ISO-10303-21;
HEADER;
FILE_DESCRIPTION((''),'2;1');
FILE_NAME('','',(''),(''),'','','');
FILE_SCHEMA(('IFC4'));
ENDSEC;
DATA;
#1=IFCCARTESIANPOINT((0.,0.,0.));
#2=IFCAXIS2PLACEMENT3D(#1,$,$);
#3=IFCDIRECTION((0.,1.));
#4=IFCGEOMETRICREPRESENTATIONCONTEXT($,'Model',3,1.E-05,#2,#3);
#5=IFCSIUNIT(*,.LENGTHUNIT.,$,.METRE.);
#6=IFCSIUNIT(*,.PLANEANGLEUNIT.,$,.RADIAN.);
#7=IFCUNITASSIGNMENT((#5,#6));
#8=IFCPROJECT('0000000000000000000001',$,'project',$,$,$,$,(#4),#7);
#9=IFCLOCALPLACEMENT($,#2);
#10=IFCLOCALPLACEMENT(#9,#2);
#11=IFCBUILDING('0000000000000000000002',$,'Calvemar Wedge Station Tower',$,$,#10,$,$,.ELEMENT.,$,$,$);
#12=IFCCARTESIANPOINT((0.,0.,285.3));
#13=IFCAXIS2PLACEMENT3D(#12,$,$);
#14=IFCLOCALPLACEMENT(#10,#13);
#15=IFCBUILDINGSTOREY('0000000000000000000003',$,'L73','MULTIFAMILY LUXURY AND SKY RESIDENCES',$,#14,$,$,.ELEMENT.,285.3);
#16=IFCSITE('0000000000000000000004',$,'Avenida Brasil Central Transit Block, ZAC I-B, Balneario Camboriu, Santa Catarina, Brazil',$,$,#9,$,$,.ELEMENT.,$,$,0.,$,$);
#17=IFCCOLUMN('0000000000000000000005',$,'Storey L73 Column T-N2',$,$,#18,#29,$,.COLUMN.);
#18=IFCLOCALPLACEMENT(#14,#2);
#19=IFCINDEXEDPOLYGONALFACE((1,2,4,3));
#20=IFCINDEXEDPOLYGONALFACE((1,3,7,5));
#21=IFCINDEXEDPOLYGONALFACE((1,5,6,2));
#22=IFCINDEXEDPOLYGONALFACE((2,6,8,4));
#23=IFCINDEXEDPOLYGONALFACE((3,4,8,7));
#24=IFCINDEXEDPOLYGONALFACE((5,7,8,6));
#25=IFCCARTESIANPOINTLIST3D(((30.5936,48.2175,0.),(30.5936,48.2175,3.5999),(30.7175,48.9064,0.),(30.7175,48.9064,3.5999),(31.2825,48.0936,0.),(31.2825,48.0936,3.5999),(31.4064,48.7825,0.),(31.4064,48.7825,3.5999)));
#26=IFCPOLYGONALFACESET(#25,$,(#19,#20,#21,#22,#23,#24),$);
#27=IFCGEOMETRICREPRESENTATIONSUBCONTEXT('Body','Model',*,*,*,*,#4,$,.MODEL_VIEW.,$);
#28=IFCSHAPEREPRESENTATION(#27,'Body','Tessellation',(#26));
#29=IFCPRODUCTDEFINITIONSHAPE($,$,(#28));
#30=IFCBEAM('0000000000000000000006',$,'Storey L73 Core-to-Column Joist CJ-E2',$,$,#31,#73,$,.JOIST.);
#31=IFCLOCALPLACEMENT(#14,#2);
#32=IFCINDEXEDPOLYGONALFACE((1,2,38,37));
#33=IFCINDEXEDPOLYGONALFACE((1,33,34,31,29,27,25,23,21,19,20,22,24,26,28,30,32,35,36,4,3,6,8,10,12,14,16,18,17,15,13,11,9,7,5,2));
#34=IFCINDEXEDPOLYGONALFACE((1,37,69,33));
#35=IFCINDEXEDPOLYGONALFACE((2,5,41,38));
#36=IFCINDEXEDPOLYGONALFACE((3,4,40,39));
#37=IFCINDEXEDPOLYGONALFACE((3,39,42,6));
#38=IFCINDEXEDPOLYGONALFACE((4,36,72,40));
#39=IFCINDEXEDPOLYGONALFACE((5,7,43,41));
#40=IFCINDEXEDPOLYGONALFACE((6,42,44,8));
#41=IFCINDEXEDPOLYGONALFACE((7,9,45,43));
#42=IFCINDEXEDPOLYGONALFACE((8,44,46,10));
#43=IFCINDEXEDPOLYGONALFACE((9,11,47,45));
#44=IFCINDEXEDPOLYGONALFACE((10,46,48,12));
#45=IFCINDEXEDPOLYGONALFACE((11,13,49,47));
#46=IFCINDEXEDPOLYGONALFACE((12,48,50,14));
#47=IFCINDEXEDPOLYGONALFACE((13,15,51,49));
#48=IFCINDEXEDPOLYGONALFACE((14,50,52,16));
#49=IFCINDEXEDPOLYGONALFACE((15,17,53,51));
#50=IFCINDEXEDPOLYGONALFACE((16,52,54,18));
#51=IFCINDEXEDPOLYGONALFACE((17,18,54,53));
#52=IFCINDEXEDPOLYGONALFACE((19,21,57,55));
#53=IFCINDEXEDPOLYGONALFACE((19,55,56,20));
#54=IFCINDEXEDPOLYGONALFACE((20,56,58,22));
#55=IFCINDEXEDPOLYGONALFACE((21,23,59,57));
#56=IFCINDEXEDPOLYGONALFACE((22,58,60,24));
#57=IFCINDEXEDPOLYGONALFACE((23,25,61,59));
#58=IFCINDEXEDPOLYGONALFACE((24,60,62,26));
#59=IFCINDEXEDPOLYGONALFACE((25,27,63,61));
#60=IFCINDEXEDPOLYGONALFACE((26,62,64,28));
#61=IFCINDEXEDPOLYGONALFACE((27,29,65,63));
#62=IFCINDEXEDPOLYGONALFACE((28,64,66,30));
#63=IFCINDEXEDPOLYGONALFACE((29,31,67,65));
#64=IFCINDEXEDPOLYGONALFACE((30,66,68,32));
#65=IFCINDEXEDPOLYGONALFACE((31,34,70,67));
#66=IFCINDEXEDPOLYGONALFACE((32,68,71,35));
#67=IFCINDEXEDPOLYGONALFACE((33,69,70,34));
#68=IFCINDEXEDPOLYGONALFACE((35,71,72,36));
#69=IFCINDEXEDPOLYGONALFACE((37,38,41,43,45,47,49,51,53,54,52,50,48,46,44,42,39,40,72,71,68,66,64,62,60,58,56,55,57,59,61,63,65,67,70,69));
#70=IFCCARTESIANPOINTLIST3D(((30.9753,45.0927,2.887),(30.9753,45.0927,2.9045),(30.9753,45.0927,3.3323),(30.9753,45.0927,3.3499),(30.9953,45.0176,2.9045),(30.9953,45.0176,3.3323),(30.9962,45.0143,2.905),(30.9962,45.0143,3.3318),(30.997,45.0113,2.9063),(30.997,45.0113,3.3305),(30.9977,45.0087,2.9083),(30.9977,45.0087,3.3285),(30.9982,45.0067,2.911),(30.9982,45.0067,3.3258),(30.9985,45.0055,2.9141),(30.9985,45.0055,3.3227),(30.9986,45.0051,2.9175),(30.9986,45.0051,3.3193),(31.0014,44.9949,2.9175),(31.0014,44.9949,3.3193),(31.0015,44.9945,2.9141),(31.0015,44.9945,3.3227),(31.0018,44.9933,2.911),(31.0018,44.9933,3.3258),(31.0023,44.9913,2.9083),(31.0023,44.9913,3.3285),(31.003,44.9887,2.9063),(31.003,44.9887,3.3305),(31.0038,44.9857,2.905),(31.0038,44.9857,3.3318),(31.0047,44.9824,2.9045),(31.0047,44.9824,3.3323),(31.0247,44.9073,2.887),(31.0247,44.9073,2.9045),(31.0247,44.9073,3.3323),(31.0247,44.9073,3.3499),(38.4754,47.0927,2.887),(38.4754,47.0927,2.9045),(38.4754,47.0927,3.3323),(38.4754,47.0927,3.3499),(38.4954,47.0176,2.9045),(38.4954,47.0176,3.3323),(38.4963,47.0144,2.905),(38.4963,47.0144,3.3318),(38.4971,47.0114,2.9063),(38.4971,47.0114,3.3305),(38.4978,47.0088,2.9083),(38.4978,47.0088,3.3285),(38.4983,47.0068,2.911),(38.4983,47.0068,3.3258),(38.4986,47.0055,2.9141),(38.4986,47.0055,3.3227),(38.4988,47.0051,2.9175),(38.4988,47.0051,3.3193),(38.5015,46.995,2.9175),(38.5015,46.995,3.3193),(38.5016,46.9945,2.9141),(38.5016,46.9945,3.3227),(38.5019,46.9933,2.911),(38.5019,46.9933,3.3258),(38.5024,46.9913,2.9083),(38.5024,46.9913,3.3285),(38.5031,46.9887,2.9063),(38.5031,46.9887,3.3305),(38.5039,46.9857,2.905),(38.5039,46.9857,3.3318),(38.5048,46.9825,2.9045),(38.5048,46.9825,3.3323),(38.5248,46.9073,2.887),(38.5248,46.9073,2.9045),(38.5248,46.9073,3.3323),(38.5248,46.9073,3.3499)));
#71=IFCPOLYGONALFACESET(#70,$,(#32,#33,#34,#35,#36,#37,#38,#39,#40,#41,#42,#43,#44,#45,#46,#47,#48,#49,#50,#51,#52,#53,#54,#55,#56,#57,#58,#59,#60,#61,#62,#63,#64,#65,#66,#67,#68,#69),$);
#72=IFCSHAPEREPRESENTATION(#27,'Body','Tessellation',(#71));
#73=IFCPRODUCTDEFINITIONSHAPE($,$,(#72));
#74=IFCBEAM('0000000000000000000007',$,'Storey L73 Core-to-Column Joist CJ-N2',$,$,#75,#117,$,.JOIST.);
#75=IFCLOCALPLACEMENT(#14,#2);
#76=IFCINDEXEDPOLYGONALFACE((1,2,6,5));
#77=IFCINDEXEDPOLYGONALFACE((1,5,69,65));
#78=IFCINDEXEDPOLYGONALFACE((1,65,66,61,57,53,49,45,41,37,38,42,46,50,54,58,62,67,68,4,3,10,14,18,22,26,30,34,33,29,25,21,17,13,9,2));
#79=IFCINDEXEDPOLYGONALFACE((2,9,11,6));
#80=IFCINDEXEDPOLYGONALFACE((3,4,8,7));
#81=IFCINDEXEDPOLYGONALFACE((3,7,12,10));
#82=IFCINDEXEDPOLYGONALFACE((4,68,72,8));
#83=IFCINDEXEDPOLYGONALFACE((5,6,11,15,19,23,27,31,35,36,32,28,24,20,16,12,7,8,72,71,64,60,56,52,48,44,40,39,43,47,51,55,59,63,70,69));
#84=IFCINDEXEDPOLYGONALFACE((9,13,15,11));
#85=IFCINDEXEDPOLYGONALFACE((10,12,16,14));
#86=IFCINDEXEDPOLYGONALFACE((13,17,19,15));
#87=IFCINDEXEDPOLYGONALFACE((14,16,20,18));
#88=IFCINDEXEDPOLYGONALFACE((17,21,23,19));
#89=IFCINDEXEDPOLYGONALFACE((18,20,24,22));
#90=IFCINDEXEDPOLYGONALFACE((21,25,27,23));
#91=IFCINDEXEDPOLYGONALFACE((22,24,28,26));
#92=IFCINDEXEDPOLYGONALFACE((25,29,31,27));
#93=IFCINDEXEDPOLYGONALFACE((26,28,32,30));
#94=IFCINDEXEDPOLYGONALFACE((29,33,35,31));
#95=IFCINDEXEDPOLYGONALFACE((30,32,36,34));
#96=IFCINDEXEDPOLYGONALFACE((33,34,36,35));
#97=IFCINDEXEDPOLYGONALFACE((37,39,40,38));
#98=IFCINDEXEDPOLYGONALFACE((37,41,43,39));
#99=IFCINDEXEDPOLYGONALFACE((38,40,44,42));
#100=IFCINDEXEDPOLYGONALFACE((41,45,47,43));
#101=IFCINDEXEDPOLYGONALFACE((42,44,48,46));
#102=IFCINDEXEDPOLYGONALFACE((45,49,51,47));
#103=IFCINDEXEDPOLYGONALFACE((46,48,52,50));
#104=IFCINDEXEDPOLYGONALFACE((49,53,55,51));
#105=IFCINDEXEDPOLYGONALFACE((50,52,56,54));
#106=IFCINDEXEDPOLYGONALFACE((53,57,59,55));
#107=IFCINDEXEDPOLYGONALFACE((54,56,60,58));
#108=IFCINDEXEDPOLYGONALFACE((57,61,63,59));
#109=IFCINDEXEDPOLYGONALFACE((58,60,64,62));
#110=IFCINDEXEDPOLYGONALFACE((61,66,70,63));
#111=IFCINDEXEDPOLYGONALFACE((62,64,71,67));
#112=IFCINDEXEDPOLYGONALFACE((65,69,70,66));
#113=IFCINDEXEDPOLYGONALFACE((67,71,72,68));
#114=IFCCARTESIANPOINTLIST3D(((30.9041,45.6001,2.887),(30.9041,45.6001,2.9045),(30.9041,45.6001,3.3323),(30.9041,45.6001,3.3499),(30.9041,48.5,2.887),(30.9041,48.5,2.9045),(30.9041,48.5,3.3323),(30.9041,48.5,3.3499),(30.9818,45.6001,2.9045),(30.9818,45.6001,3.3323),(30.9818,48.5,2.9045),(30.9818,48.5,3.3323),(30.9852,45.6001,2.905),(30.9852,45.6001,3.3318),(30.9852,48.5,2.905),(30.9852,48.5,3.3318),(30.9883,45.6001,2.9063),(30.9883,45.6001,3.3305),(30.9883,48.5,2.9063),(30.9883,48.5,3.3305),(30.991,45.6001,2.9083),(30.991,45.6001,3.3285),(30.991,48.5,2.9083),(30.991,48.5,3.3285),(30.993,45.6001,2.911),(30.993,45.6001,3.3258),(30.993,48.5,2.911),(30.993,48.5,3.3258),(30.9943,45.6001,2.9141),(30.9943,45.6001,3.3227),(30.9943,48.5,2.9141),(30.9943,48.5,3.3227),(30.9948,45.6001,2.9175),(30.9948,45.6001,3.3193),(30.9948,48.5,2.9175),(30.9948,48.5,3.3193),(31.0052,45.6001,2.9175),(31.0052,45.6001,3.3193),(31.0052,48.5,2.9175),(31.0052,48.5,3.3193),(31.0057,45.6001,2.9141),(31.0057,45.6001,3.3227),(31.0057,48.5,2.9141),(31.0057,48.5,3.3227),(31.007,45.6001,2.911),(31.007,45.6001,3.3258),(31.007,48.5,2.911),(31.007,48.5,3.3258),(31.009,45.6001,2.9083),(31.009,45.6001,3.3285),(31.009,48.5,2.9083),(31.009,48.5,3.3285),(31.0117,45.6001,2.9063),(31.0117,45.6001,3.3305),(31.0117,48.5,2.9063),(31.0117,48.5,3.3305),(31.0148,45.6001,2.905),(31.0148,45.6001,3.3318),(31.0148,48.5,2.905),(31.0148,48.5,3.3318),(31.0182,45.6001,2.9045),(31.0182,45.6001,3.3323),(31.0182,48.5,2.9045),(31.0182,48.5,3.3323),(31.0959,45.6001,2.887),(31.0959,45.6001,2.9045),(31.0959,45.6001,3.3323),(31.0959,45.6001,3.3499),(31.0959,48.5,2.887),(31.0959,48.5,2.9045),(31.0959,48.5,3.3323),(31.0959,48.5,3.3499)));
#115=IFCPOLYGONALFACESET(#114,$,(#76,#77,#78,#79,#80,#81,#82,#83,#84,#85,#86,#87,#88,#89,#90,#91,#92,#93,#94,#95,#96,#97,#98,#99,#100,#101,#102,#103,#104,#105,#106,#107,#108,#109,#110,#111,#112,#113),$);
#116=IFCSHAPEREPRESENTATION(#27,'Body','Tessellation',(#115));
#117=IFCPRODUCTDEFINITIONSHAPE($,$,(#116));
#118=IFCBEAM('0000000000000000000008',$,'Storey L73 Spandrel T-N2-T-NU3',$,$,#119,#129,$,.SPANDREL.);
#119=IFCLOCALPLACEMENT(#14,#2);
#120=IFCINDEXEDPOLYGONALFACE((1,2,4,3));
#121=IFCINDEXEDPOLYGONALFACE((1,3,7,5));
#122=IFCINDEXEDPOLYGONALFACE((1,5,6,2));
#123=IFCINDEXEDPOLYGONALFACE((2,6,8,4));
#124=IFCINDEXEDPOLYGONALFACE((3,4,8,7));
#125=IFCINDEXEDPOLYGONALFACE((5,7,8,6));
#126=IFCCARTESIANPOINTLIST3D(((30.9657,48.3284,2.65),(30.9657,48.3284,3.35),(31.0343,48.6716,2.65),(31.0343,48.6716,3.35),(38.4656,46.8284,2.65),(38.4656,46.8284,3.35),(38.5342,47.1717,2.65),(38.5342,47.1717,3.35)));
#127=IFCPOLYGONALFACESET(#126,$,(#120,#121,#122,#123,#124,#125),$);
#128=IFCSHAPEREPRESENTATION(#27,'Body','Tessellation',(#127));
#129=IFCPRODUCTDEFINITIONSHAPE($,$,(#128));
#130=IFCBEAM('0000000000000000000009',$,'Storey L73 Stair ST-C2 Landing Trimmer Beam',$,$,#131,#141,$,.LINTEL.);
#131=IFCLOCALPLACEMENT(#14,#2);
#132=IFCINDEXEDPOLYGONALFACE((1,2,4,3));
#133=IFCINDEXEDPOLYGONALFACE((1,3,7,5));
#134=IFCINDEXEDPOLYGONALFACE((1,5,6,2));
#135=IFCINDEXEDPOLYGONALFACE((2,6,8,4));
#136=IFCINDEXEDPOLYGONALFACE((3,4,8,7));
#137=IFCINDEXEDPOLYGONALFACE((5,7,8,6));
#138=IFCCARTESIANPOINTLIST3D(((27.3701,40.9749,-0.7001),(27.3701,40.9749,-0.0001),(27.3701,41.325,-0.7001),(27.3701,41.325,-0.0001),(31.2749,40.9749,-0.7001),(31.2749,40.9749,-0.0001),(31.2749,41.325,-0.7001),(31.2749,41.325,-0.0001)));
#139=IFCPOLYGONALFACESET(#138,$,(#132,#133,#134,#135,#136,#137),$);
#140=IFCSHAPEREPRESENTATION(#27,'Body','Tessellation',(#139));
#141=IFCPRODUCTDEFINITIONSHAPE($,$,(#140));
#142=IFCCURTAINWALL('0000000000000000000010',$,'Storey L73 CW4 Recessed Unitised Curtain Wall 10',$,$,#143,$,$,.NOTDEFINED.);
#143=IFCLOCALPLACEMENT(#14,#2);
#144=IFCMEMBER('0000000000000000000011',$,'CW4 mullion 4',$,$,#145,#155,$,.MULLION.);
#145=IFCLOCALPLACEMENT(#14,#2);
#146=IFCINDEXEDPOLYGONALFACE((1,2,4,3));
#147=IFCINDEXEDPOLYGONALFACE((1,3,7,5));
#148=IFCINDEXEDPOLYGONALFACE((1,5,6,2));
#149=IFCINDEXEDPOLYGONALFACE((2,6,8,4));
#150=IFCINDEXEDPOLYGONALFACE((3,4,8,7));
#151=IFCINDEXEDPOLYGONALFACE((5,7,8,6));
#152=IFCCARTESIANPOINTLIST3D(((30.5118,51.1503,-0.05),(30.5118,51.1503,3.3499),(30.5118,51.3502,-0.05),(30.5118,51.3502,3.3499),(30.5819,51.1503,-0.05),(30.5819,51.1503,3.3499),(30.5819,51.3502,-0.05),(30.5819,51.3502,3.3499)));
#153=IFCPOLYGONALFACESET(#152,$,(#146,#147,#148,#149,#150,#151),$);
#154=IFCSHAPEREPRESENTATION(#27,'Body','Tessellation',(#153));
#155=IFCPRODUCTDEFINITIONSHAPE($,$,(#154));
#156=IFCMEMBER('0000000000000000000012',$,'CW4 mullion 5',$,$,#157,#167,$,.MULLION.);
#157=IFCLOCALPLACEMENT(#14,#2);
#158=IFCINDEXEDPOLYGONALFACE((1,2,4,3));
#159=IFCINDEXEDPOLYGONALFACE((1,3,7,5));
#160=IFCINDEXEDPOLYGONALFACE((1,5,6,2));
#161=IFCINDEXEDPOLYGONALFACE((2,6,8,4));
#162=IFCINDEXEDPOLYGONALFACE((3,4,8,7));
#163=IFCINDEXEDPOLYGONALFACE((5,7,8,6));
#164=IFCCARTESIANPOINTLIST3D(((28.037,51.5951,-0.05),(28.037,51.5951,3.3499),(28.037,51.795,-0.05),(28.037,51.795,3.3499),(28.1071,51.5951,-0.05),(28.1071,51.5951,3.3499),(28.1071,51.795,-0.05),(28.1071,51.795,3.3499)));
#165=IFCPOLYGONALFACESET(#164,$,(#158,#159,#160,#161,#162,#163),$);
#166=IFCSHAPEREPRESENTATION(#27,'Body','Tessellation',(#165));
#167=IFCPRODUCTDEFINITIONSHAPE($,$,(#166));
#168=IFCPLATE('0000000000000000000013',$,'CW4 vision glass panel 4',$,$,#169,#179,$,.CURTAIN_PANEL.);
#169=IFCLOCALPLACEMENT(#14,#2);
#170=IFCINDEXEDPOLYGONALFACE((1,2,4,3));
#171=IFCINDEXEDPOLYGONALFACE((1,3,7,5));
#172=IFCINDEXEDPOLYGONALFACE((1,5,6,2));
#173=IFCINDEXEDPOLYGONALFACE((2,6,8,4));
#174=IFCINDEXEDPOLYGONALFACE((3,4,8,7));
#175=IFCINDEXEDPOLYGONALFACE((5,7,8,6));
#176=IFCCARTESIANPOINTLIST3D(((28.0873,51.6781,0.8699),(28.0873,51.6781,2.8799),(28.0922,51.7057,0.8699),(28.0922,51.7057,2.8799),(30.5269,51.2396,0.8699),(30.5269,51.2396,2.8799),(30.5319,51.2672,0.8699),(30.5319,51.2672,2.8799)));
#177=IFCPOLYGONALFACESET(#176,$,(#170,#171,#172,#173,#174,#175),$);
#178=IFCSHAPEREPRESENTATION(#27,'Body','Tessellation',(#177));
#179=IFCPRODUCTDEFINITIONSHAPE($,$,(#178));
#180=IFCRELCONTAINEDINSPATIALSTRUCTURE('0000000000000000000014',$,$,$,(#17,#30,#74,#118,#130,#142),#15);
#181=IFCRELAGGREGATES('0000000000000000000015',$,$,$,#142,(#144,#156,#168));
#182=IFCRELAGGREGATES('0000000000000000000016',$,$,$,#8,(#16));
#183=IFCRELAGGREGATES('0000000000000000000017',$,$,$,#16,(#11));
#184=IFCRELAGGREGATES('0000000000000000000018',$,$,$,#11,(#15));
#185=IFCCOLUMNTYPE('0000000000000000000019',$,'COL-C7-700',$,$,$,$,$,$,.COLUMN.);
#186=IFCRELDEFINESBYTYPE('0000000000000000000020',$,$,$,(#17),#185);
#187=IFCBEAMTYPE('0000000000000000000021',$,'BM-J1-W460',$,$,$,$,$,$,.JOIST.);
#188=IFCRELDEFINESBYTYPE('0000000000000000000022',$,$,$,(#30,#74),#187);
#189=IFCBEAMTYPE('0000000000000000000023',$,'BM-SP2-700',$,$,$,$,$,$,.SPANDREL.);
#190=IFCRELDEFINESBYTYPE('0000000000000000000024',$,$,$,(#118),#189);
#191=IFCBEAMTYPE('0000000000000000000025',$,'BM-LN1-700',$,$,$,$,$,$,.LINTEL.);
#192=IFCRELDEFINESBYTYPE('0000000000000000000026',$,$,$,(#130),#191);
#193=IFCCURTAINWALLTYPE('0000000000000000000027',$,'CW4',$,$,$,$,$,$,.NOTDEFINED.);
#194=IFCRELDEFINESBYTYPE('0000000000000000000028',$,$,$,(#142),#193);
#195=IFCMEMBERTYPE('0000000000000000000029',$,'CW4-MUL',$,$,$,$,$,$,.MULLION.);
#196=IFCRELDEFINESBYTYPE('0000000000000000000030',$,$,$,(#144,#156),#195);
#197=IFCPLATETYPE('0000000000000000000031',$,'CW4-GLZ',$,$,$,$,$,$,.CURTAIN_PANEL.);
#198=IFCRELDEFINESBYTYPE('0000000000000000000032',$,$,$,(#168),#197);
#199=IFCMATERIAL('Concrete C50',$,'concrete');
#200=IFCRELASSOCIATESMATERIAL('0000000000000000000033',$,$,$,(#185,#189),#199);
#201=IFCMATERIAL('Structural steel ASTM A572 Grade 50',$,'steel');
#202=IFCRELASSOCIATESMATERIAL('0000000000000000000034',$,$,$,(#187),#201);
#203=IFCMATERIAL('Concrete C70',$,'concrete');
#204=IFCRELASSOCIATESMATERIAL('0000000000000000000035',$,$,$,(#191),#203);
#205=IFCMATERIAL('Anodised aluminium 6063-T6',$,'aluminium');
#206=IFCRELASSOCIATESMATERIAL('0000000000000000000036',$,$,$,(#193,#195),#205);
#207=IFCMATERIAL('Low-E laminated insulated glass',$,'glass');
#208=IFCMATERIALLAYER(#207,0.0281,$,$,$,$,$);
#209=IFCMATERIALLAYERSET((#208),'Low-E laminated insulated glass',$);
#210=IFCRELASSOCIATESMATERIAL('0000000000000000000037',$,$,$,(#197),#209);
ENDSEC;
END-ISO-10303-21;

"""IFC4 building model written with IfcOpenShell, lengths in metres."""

from ifc_helpers import new_model, si_unit, direction, frame, frame_2d, origin, origin_2d, place, context, subcontext, project, spatial, rectangle, i_section, extrude, source, transform, mapped, material, layer, layer_set, material_profile, profile_set, type_object, element, aggregate, save


model = new_model("IFC4")

# Units and contexts
model_context = context("Model", 3, precision=1e-05, world=origin(), true_north=direction((0.0, 1.0)))
body_context = subcontext(model_context, "Body", "Model", "MODEL_VIEW")
ifc_project = project(units=[si_unit("LENGTHUNIT", "METRE"), si_unit("PLANEANGLEUNIT", "RADIAN")], contexts=[model_context])

# Site, building, storey
site_placement = place(None, origin())
site = spatial("IfcSite", under=ifc_project, at=site_placement, Name="Avenida Brasil Central Transit Block, ZAC I-B, Balneario Camboriu, Santa Catarina, Brazil", CompositionType="ELEMENT", RefElevation=0.0)
building_placement = place(site_placement, origin())
building = spatial("IfcBuilding", under=site, at=building_placement, Name="Calvemar Wedge Station Tower", CompositionType="ELEMENT")
storey_placement = place(building_placement, frame((0.0, 0.0, 285.3)))
storey = spatial("IfcBuildingStorey", under=building, at=storey_placement, Name="L73", Description="MULTIFAMILY LUXURY AND SKY RESIDENCES", CompositionType="ELEMENT", Elevation=285.3)

# Column
ifc_material_1 = material(Name="Concrete C50", Category="concrete")
ifc_material_profile_1 = material_profile(ifc_material_1, rectangle(XDim=0.7, YDim=0.7, at=origin_2d()), Name="RC700x700")
ifc_profile_set_1 = profile_set([ifc_material_profile_1], Name="Concrete C50")
column_type = type_object("IfcColumnType", Name="COL-C7-700", PredefinedType="COLUMN", material=ifc_profile_set_1)
shared_shape_1 = source(origin(), body_context, "Body", "SweptSolid", [
    extrude(rectangle(XDim=0.7, YDim=0.7, at=origin_2d()), origin(), (0.0, 0.0, 1.0), 3.5999),
])
column_placement = place(storey_placement, frame((31.0, 48.5, 0.0), z_axis=(0.0, 0.0, 1.0), x_axis=(0.984196, -0.177085, 0.0)))
element("IfcColumn", 1, at=column_placement, inside=storey, type_object=column_type, Name="Storey L73 Column T-N2", PredefinedType="COLUMN", context=body_context, shape_type="MappedRepresentation", body=[
    mapped(shared_shape_1, transform((0.0, 0.0, 0.0), scale=1.0)),
])

# Beams
ifc_material_2 = material(Name="Structural steel ASTM A572 Grade 50", Category="steel")
ifc_material_profile_2 = material_profile(ifc_material_2, i_section(OverallWidth=0.1919, OverallDepth=0.4629, WebThickness=0.0105, FlangeThickness=0.0176, FilletRadius=0.0129, at=origin_2d()), Name="W460x89")
ifc_profile_set_2 = profile_set([ifc_material_profile_2], Name="Structural steel ASTM A572 Grade 50")
beam_type_1 = type_object("IfcBeamType", Name="BM-J1-W460", PredefinedType="JOIST", material=ifc_profile_set_2)
shared_shape_2 = source(origin(), body_context, "Body", "SweptSolid", [
    extrude(i_section(OverallWidth=0.1919, OverallDepth=0.4629, WebThickness=0.0105, FlangeThickness=0.0176, FilletRadius=0.0129, at=origin_2d()), origin(), (0.0, 0.0, 1.0), 7.7622),
])
beam_1_placement = place(storey_placement, frame((31.0, 45.0, 3.1184), z_axis=(0.966235, 0.257663, 0.0), x_axis=(-0.257663, 0.966235, 0.0)))
element("IfcBeam", 2, at=beam_1_placement, inside=storey, type_object=beam_type_1, Name="Storey L73 Core-to-Column Joist CJ-E2", PredefinedType="JOIST", context=body_context, shape_type="MappedRepresentation", body=[
    mapped(shared_shape_2, transform((0.0, 0.0, 0.0), scale=1.0)),
])
shared_shape_3 = source(origin(), body_context, "Body", "SweptSolid", [
    extrude(i_section(OverallWidth=0.1919, OverallDepth=0.4629, WebThickness=0.0105, FlangeThickness=0.0176, FilletRadius=0.0129, at=origin_2d()), origin(), (0.0, 0.0, 1.0), 2.8999),
])
beam_2_placement = place(storey_placement, frame((31.0, 45.6001, 3.1184), z_axis=(0.0, 1.0, 0.0), x_axis=(-1.0, 0.0, 0.0)))
element("IfcBeam", 3, at=beam_2_placement, inside=storey, type_object=beam_type_1, Name="Storey L73 Core-to-Column Joist CJ-N2", PredefinedType="JOIST", context=body_context, shape_type="MappedRepresentation", body=[
    mapped(shared_shape_3, transform((0.0, 0.0, 0.0), scale=1.0)),
])
ifc_material_profile_3 = material_profile(ifc_material_1, rectangle(XDim=0.3501, YDim=0.7, at=origin_2d()), Name="RC350x700")
ifc_profile_set_3 = profile_set([ifc_material_profile_3], Name="Concrete C50")
beam_type_2 = type_object("IfcBeamType", Name="BM-SP2-700", PredefinedType="SPANDREL", material=ifc_profile_set_3)
shared_shape_4 = source(origin(), body_context, "Body", "SweptSolid", [
    extrude(rectangle(XDim=0.3501, YDim=0.7, at=origin_2d()), origin(), (0.0, 0.0, 1.0), 7.6484),
])
beam_3_placement = place(storey_placement, frame((31.0, 48.5, 3.0), z_axis=(0.980581, -0.196116, 0.0), x_axis=(0.196116, 0.980581, 0.0)))
element("IfcBeam", 4, at=beam_3_placement, inside=storey, type_object=beam_type_2, Name="Storey L73 Spandrel T-N2-T-NU3", PredefinedType="SPANDREL", context=body_context, shape_type="MappedRepresentation", body=[
    mapped(shared_shape_4, transform((0.0, 0.0, 0.0), scale=1.0)),
])
ifc_material_3 = material(Name="Concrete C70", Category="concrete")
ifc_material_profile_4 = material_profile(ifc_material_3, rectangle(XDim=0.3501, YDim=0.7, at=origin_2d()), Name="RC350x700")
ifc_profile_set_4 = profile_set([ifc_material_profile_4], Name="Concrete C70")
beam_type_3 = type_object("IfcBeamType", Name="BM-LN1-700", PredefinedType="LINTEL", material=ifc_profile_set_4)
shared_shape_5 = source(origin(), body_context, "Body", "SweptSolid", [
    extrude(rectangle(XDim=0.3501, YDim=0.7, at=origin_2d()), origin(), (0.0, 0.0, 1.0), 3.9048),
])
beam_4_placement = place(storey_placement, frame((27.3701, 41.1499, -0.3501), z_axis=(1.0, 0.0, 0.0), x_axis=(0.0, 1.0, 0.0)))
element("IfcBeam", 5, at=beam_4_placement, inside=storey, type_object=beam_type_3, Name="Storey L73 Stair ST-C2 Landing Trimmer Beam", PredefinedType="LINTEL", context=body_context, shape_type="MappedRepresentation", body=[
    mapped(shared_shape_5, transform((0.0, 0.0, 0.0), scale=1.0)),
])

# Curtain wall, members, plate
ifc_material_4 = material(Name="Anodised aluminium 6063-T6", Category="aluminium")
curtain_wall_type = type_object("IfcCurtainWallType", Name="CW4", PredefinedType="NOTDEFINED", material=ifc_material_4)
curtain_wall_placement = place(storey_placement, origin())
curtain_wall = element("IfcCurtainWall", 6, at=curtain_wall_placement, inside=storey, type_object=curtain_wall_type, Name="Storey L73 CW4 Recessed Unitised Curtain Wall 10", PredefinedType="NOTDEFINED")
ifc_material_profile_5 = material_profile(ifc_material_4, rectangle(XDim=0.0701, YDim=0.2, at=origin_2d()), Name="AL-MUL-70x200")
ifc_profile_set_5 = profile_set([ifc_material_profile_5], Name="Anodised aluminium 6063-T6")
member_type = type_object("IfcMemberType", Name="CW4-MUL", PredefinedType="MULLION", material=ifc_profile_set_5)
shared_shape_6 = source(origin(), body_context, "Body", "SweptSolid", [
    extrude(rectangle(XDim=0.0701, YDim=0.2, at=origin_2d()), origin(), (0.0, 0.0, 1.0), 3.3999),
])
member_1_placement = place(storey_placement, frame((30.5469, 51.2502, -0.05), z_axis=(0.0, 0.0, 1.0), x_axis=(1.0, 0.0, 0.0)))
member_1 = element("IfcMember", 7, at=member_1_placement, type_object=member_type, Name="CW4 mullion 4", PredefinedType="MULLION", context=body_context, shape_type="MappedRepresentation", body=[
    mapped(shared_shape_6, transform((0.0, 0.0, 0.0), scale=1.0)),
])
member_2_placement = place(storey_placement, frame((28.072, 51.6951, -0.05), z_axis=(0.0, 0.0, 1.0), x_axis=(1.0, 0.0, 0.0)))
member_2 = element("IfcMember", 8, at=member_2_placement, type_object=member_type, Name="CW4 mullion 5", PredefinedType="MULLION", context=body_context, shape_type="MappedRepresentation", body=[
    mapped(shared_shape_6, transform((0.0, 0.0, 0.0), scale=1.0)),
])
ifc_material_5 = material(Name="Low-E laminated insulated glass", Category="glass")
ifc_layer_1 = layer(ifc_material_5, 0.0281)
ifc_layer_set_1 = layer_set([ifc_layer_1], Name="Low-E laminated insulated glass")
plate_type_1 = type_object("IfcPlateType", Name="CW4-GLZ", PredefinedType="CURTAIN_PANEL", material=ifc_layer_set_1)
plate_1_placement = place(storey_placement, frame((30.5293, 51.2534, 0.8699), z_axis=(0.0, 0.0, 1.0), x_axis=(-0.98423, 0.176892, 0.0)))
plate_1 = element("IfcPlate", 9, at=plate_1_placement, type_object=plate_type_1, Name="CW4 vision glass panel 4", PredefinedType="CURTAIN_PANEL", context=body_context, shape_type="SweptSolid", body=[
    extrude(rectangle(XDim=2.4788, YDim=0.0281, at=frame_2d((1.2393, 0.0))), origin(), (0.0, 0.0, 1.0), 2.01),
])
aggregate(curtain_wall, [member_1, member_2, plate_1])

save(model, "model.ifc")
